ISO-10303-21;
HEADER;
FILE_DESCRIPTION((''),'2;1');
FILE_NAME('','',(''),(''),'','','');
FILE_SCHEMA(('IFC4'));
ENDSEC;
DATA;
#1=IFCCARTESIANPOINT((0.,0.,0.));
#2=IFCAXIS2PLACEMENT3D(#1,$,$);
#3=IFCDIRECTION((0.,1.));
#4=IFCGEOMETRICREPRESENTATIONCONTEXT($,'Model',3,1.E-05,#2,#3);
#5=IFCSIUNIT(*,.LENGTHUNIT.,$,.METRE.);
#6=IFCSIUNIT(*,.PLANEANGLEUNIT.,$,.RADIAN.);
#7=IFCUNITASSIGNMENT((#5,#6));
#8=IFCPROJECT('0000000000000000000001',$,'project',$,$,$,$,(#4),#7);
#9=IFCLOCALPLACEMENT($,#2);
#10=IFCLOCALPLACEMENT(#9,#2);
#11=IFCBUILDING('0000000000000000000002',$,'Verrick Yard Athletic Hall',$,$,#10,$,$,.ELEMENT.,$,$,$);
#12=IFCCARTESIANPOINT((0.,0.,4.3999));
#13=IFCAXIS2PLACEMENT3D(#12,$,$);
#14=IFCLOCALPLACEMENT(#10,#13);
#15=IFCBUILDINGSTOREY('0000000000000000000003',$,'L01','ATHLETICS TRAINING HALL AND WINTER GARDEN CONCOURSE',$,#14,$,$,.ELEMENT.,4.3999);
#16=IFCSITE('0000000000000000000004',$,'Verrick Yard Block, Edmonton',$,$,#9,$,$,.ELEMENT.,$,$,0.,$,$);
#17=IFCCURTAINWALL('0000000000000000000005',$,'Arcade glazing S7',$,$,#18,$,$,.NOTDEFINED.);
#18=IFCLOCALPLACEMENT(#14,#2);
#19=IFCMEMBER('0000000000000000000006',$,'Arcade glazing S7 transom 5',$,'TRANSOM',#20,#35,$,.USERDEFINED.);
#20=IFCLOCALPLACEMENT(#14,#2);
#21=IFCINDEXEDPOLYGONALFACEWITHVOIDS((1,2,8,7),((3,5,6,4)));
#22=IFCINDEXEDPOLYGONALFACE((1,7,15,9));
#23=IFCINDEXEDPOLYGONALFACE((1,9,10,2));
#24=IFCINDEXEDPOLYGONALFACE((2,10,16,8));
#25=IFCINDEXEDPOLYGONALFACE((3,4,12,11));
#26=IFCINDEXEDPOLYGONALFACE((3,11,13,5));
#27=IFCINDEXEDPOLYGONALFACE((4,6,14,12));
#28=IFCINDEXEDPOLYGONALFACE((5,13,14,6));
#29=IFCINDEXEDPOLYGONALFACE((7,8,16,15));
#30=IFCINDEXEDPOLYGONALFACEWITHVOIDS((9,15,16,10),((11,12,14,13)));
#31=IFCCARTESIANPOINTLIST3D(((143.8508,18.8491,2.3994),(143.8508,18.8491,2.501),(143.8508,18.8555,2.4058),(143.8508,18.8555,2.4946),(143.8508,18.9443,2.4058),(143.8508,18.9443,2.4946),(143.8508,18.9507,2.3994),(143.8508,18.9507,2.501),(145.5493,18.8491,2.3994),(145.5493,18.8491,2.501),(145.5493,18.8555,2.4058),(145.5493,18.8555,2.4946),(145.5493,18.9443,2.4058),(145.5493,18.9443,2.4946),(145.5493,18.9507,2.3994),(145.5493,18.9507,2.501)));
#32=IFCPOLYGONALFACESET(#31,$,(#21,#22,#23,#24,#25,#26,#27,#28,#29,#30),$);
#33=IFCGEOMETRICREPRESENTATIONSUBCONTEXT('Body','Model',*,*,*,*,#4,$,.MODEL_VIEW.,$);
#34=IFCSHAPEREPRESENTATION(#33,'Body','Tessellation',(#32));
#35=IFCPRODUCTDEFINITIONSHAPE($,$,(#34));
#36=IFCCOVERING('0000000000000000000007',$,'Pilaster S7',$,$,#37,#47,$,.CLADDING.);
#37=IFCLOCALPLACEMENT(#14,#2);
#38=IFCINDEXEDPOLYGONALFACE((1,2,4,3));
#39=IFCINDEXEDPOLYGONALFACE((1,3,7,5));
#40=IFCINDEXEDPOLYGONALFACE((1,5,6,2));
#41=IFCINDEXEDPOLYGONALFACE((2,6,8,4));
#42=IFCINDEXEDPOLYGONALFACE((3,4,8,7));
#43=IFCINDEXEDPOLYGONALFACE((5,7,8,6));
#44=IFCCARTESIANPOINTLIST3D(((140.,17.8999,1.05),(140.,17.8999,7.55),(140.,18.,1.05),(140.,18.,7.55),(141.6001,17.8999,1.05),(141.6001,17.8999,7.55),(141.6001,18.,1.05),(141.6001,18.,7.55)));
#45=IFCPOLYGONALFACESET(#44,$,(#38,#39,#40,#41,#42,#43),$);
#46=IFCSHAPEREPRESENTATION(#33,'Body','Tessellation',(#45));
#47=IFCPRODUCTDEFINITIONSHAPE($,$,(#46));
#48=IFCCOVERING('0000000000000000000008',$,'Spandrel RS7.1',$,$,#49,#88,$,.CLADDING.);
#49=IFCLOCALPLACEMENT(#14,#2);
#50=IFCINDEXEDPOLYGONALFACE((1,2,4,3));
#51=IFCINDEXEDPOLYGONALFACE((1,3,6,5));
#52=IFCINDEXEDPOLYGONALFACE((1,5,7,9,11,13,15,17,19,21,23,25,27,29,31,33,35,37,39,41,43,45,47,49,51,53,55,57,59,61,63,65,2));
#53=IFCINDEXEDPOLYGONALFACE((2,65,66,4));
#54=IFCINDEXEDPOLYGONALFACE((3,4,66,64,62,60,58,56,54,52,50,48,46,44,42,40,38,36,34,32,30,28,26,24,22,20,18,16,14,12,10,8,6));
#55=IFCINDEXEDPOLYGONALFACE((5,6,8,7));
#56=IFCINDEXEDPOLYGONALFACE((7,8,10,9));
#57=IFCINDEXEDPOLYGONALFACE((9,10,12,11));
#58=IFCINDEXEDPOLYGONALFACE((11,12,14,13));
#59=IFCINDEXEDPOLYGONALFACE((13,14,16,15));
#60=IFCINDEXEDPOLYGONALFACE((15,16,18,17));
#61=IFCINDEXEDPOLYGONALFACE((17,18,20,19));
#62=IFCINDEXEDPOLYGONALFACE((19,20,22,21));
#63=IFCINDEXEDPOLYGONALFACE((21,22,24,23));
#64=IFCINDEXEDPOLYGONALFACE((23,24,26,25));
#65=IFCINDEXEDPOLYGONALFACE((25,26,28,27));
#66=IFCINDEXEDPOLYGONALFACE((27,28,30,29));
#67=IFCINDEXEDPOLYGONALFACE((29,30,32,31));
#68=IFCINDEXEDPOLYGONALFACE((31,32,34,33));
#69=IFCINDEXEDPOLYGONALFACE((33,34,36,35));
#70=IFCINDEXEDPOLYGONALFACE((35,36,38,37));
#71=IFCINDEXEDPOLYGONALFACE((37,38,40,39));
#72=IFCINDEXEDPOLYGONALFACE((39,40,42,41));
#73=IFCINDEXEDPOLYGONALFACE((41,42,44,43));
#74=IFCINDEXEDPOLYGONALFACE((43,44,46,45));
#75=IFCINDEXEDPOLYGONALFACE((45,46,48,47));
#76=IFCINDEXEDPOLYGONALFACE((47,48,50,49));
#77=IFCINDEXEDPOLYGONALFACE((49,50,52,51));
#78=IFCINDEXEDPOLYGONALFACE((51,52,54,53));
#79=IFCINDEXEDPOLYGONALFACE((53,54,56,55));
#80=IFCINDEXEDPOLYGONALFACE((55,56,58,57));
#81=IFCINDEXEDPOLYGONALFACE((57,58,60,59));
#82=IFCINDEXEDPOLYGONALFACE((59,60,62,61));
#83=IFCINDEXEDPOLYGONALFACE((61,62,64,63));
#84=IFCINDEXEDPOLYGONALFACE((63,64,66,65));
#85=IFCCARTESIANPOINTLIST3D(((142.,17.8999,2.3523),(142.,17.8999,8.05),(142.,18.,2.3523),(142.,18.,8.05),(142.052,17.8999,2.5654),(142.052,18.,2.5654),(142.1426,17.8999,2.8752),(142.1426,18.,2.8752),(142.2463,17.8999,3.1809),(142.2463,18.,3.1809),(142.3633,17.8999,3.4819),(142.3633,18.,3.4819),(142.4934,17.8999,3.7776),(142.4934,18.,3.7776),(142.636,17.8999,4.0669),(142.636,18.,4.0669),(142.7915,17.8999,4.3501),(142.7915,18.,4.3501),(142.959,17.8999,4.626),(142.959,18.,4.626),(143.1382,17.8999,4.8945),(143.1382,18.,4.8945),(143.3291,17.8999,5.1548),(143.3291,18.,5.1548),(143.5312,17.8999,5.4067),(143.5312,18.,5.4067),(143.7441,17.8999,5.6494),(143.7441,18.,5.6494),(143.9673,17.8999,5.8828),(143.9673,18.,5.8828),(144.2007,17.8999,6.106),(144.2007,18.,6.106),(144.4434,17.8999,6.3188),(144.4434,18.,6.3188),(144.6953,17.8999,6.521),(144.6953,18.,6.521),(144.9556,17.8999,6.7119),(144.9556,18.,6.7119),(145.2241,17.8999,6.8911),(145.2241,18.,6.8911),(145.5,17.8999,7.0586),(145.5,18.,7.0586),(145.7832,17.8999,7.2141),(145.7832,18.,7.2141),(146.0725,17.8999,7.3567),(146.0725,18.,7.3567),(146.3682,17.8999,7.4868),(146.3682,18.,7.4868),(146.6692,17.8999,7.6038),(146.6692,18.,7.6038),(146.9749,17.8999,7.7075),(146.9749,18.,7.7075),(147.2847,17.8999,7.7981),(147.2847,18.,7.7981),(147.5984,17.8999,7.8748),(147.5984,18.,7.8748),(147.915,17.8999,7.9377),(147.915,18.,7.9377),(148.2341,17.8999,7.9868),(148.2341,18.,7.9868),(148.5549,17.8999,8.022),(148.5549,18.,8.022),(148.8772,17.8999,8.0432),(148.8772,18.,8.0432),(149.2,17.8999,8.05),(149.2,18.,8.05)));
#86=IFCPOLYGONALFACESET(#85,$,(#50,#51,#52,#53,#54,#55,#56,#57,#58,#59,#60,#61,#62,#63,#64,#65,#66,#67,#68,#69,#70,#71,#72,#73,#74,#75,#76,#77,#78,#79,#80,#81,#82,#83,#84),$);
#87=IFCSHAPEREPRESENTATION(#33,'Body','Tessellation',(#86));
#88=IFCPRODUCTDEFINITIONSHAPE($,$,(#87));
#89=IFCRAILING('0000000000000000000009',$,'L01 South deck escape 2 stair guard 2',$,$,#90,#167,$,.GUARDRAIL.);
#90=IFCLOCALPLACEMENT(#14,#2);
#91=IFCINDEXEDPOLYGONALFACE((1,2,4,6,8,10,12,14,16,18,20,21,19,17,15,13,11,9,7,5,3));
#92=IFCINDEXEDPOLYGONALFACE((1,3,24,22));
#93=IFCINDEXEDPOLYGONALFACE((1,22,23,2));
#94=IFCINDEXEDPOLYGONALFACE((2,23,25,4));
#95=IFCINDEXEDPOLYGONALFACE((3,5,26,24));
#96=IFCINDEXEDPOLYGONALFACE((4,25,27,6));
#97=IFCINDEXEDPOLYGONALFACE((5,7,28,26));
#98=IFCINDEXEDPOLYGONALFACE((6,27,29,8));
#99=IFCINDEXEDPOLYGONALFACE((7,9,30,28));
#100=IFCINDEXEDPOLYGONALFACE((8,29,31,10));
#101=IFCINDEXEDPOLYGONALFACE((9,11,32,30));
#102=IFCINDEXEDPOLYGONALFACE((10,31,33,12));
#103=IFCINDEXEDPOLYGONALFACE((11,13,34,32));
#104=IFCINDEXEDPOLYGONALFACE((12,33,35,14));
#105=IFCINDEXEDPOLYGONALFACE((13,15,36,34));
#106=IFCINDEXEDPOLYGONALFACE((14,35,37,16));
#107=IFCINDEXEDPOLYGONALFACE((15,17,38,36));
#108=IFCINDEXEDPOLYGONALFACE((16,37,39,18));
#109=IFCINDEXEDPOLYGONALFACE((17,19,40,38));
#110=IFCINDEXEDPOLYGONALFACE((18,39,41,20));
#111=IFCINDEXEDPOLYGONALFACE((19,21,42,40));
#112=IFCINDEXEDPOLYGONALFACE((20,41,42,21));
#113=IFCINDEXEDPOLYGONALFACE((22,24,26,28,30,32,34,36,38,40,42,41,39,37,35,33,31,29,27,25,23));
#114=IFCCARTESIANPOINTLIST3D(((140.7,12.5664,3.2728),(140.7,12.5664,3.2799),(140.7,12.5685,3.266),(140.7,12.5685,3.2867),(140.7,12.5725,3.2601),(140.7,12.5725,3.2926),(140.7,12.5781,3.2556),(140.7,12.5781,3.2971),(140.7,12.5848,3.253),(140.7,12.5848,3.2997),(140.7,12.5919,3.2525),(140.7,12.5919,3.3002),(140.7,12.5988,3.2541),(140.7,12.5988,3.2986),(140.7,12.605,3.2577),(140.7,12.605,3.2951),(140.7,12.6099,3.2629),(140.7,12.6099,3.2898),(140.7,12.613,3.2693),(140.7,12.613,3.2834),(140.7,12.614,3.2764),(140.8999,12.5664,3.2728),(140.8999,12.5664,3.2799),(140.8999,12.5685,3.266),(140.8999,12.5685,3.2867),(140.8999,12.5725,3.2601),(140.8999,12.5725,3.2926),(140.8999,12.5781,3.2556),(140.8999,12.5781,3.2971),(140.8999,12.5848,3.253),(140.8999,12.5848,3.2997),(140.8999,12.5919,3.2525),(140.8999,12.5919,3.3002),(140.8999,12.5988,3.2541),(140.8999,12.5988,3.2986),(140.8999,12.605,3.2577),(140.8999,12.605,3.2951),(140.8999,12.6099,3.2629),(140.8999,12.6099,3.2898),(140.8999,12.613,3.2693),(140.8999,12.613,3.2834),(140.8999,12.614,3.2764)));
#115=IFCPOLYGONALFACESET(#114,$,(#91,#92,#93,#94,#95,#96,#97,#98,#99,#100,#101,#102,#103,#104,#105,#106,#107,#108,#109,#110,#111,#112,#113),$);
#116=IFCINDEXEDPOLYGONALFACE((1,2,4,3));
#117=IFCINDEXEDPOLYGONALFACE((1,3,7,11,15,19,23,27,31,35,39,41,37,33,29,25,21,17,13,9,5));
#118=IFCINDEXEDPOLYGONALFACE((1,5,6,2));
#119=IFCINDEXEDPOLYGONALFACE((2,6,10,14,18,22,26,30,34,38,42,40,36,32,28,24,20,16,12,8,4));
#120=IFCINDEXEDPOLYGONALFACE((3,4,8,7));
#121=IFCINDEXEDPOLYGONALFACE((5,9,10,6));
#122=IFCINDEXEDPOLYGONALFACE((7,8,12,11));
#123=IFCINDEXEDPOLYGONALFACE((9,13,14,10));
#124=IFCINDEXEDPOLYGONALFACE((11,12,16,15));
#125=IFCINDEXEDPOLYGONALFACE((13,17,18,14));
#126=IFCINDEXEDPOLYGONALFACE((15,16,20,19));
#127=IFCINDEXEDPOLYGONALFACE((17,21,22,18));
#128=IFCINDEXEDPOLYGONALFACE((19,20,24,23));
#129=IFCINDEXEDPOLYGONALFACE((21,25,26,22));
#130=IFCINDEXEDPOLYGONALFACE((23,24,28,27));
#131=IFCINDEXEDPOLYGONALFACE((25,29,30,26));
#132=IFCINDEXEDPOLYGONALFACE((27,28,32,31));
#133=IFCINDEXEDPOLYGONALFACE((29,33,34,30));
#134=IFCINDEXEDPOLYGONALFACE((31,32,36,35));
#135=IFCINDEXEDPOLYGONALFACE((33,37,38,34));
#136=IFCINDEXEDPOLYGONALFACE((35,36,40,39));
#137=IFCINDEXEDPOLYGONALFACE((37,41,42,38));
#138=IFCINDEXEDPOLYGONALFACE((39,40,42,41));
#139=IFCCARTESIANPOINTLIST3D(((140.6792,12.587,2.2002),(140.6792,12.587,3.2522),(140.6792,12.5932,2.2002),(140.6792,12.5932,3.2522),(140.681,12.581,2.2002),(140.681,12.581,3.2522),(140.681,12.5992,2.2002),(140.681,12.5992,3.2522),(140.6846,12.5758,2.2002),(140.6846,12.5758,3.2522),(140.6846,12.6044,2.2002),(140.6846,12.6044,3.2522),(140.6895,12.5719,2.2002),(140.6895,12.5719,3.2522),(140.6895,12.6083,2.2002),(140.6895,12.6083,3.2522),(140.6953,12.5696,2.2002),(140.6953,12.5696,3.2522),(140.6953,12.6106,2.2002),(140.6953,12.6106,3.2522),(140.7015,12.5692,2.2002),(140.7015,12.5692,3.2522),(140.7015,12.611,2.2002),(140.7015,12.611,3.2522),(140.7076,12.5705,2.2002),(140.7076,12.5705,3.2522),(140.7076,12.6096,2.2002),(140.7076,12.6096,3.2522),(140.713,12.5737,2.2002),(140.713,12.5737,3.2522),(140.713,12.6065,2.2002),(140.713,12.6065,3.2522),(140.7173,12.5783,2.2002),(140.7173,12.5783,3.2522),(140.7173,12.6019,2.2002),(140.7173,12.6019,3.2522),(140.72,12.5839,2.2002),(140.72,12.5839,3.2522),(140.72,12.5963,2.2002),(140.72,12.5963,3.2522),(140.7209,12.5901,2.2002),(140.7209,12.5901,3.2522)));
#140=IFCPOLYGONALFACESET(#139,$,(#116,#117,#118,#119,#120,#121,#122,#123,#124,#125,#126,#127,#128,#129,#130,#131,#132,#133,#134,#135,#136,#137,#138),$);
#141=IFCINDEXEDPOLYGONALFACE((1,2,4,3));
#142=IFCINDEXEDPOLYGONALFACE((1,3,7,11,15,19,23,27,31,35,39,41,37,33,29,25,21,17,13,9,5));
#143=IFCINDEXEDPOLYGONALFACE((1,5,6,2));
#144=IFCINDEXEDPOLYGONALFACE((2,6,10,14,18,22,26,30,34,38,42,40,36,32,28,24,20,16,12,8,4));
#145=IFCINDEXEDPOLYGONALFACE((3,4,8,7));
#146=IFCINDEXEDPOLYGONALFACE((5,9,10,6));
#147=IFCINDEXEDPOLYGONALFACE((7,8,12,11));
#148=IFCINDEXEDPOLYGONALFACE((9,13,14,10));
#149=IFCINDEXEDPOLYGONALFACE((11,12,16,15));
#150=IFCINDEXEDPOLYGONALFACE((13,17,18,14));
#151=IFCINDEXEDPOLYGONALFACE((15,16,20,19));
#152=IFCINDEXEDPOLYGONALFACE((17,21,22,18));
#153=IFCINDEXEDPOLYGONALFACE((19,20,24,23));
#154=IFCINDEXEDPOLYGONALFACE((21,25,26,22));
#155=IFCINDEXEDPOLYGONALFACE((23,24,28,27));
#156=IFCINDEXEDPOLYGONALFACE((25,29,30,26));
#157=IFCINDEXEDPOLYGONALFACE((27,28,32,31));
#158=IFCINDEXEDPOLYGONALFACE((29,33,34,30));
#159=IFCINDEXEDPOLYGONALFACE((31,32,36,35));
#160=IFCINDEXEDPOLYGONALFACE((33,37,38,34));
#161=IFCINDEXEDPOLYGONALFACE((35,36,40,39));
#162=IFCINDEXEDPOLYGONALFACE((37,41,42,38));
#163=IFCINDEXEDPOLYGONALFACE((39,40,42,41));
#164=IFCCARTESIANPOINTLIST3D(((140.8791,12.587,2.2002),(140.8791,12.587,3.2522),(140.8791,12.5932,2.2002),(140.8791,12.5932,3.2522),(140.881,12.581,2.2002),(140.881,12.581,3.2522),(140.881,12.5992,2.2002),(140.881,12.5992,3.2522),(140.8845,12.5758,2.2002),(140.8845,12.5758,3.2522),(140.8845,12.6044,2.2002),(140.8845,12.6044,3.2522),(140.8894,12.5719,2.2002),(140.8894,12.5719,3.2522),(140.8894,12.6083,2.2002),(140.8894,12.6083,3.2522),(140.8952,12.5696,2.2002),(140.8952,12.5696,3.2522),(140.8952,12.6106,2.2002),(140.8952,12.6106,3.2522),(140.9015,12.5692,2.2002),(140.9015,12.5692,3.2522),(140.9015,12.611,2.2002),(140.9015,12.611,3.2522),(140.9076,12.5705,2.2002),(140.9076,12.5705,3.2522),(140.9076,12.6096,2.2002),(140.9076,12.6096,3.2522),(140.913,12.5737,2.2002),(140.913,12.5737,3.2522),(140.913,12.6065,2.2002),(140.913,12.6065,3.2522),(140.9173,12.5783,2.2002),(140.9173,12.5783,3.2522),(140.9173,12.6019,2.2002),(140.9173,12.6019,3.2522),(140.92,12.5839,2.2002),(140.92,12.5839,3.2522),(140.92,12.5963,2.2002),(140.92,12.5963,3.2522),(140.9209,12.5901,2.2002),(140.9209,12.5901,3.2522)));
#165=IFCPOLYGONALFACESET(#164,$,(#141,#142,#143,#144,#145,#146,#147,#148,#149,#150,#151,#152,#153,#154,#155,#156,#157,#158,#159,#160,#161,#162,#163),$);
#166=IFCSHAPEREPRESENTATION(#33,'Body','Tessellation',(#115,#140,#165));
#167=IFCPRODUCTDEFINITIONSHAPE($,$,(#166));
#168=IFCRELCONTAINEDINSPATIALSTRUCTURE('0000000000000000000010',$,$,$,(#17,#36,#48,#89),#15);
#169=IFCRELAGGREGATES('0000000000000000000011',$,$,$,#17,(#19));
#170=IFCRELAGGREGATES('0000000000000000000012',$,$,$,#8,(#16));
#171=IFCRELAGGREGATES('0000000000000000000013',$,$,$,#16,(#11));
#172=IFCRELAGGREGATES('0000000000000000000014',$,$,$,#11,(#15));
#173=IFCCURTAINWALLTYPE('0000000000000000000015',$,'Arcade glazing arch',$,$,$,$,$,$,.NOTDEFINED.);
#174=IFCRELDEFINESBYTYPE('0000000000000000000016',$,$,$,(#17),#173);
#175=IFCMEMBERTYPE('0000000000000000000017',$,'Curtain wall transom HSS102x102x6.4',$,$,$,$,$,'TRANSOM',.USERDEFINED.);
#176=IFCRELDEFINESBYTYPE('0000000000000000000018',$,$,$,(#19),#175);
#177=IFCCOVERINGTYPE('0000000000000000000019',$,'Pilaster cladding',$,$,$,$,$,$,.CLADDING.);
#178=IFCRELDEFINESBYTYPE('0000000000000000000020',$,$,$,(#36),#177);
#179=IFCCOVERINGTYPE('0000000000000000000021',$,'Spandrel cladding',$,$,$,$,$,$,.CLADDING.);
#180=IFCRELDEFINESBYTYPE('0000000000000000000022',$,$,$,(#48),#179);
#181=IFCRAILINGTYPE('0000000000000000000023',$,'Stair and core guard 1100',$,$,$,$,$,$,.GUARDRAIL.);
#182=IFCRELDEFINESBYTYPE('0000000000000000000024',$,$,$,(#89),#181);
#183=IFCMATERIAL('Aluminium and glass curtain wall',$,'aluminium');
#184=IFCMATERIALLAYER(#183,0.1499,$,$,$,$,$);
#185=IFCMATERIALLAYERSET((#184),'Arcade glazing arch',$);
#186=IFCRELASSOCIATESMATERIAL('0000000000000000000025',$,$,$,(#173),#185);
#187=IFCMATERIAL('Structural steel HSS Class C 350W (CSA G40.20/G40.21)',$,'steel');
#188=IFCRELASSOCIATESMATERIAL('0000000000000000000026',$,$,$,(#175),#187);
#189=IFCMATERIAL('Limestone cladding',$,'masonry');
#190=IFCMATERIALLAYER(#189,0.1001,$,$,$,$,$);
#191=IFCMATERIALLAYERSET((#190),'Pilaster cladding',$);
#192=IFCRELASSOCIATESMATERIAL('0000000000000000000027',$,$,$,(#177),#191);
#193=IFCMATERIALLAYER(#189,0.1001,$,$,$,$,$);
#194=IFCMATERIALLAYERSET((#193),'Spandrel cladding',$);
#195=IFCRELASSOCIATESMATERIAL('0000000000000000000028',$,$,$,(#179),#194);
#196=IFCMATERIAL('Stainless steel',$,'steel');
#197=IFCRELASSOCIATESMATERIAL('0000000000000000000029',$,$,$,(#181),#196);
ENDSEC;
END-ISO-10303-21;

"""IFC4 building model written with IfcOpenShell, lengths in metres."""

from ifc_helpers import new_model, si_unit, direction, frame, origin, origin_2d, place, context, subcontext, project, spatial, polyline, rectangle, hollow_rectangle, circle, outline, extrude, material, layer, layer_set, material_profile, profile_set, type_object, element, aggregate, save


model = new_model("IFC4")

# Units and contexts
model_context = context("Model", 3, precision=1e-05, world=origin(), true_north=direction((0.0, 1.0)))
body_context = subcontext(model_context, "Body", "Model", "MODEL_VIEW")
ifc_project = project(units=[si_unit("LENGTHUNIT", "METRE"), si_unit("PLANEANGLEUNIT", "RADIAN")], contexts=[model_context])

# Site, building, storey
site_placement = place(None, origin())
site = spatial("IfcSite", under=ifc_project, at=site_placement, Name="Verrick Yard Block, Edmonton", CompositionType="ELEMENT", RefElevation=0.0)
building_placement = place(site_placement, origin())
building = spatial("IfcBuilding", under=site, at=building_placement, Name="Verrick Yard Athletic Hall", CompositionType="ELEMENT")
storey_placement = place(building_placement, frame((0.0, 0.0, 4.3999)))
storey = spatial("IfcBuildingStorey", under=building, at=storey_placement, Name="L01", Description="ATHLETICS TRAINING HALL AND WINTER GARDEN CONCOURSE", CompositionType="ELEMENT", Elevation=4.3999)

# Curtain wall, member
ifc_material_1 = material(Name="Aluminium and glass curtain wall", Category="aluminium")
ifc_layer_1 = layer(ifc_material_1, 0.1499)
ifc_layer_set_1 = layer_set([ifc_layer_1], Name="Arcade glazing arch")
curtain_wall_type = type_object("IfcCurtainWallType", Name="Arcade glazing arch", PredefinedType="NOTDEFINED", material=ifc_layer_set_1)
curtain_wall_placement = place(storey_placement, origin())
curtain_wall = element("IfcCurtainWall", 1, at=curtain_wall_placement, inside=storey, type_object=curtain_wall_type, Name="Arcade glazing S7", PredefinedType="NOTDEFINED")
ifc_material_2 = material(Name="Structural steel HSS Class C 350W (CSA G40.20/G40.21)", Category="steel")
ifc_material_profile = material_profile(ifc_material_2, hollow_rectangle(XDim=0.1016, YDim=0.1016, WallThickness=0.0063, at=origin_2d()), Name="HSS102x102x6.4")
ifc_profile_set = profile_set([ifc_material_profile], Name="Structural steel HSS Class C 350W (CSA G40.20/G40.21)")
member_type = type_object("IfcMemberType", Name="Curtain wall transom HSS102x102x6.4", ElementType="TRANSOM", PredefinedType="USERDEFINED", material=ifc_profile_set)
member_placement = place(storey_placement, frame((143.8508, 18.8999, 2.4502), z_axis=(1.0, 0.0, 0.0), x_axis=(0.0, 1.0, 0.0)))
member = element("IfcMember", 2, at=member_placement, type_object=member_type, Name="Arcade glazing S7 transom 5", ObjectType="TRANSOM", PredefinedType="USERDEFINED", context=body_context, shape_type="SweptSolid", body=[
    extrude(hollow_rectangle(XDim=0.1016, YDim=0.1016, WallThickness=0.0063, at=origin_2d()), origin(), (0.0, 0.0, 1.0), 1.6985),
])
aggregate(curtain_wall, [member])

# Coverings
ifc_material_3 = material(Name="Limestone cladding", Category="masonry")
ifc_layer_2 = layer(ifc_material_3, 0.1001)
ifc_layer_set_2 = layer_set([ifc_layer_2], Name="Pilaster cladding")
covering_type_1 = type_object("IfcCoveringType", Name="Pilaster cladding", PredefinedType="CLADDING", material=ifc_layer_set_2)
covering_1_placement = place(storey_placement, frame((140.8, 17.95, 1.05), z_axis=(0.0, 0.0, 1.0), x_axis=(1.0, 0.0, 0.0)))
element("IfcCovering", 3, at=covering_1_placement, inside=storey, type_object=covering_type_1, Name="Pilaster S7", PredefinedType="CLADDING", context=body_context, shape_type="SweptSolid", body=[
    extrude(rectangle(XDim=1.6001, YDim=0.1001, at=origin_2d()), origin(), (0.0, 0.0, 1.0), 6.5),
])
ifc_layer_3 = layer(ifc_material_3, 0.1001)
ifc_layer_set_3 = layer_set([ifc_layer_3], Name="Spandrel cladding")
covering_type_2 = type_object("IfcCoveringType", Name="Spandrel cladding", PredefinedType="CLADDING", material=ifc_layer_set_3)
covering_2_placement = place(storey_placement, frame((142.0, 17.95, 2.3523), z_axis=(0.0, 0.0, 1.0), x_axis=(1.0, 0.0, 0.0)))
element("IfcCovering", 4, at=covering_2_placement, inside=storey, type_object=covering_type_2, Name="Spandrel RS7.1", PredefinedType="CLADDING", context=body_context, shape_type="SweptSolid", body=[
    extrude(outline(polyline([(0.0, 0.0), (0.052, 0.2131), (0.1426, 0.5229), (0.2463, 0.8286), (0.3633, 1.1296), (0.4934, 1.4253), (0.636, 1.7146), (0.7915, 1.9978), (0.959, 2.2737), (1.1382, 2.5422), (1.3291, 2.8025), (1.5312, 3.0544), (1.7441, 3.2971), (1.9673, 3.5305), (2.2007, 3.7537), (2.4434, 3.9666), (2.6953, 4.1687), (2.9556, 4.3596), (3.2241, 4.5388), (3.5, 4.7063), (3.7832, 4.8618), (4.0725, 5.0044), (4.3682, 5.1345), (4.6692, 5.2515), (4.9749, 5.3552), (5.2847, 5.4458), (5.5984, 5.5225), (5.915, 5.5854), (6.2341, 5.6345), (6.5549, 5.6697), (6.8772, 5.6909), (7.2, 5.6978), (0.0, 5.6978), (0.0, 0.0)])), frame((0.0, 0.05, 0.0), z_axis=(0.0, -1.0, 0.0), x_axis=(1.0, 0.0, 0.0)), (0.0, 0.0, 1.0), 0.1001),
])

# Railing
ifc_material_4 = material(Name="Stainless steel", Category="steel")
railing_type_1 = type_object("IfcRailingType", Name="Stair and core guard 1100", PredefinedType="GUARDRAIL", material=ifc_material_4)
railing_1_placement = place(storey_placement, frame((140.7, 12.5901, 2.2002)))
element("IfcRailing", 5, at=railing_1_placement, inside=storey, type_object=railing_type_1, Name="L01 South deck escape 2 stair guard 2", PredefinedType="GUARDRAIL", context=body_context, shape_type="SweptSolid", body=[
    extrude(circle(Radius=0.0239, at=origin_2d()), frame((0.0, 0.0, 1.0762), z_axis=(1.0, 0.0, 0.0), x_axis=(0.0, 1.0, 0.0)), (0.0, 0.0, 1.0), 0.2),
    extrude(circle(Radius=0.021, at=origin_2d()), origin(), (0.0, 0.0, 1.0), 1.052),
    extrude(circle(Radius=0.021, at=origin_2d()), frame((0.2, 0.0, 0.0)), (0.0, 0.0, 1.0), 1.052),
])

save(model, "model.ifc")
